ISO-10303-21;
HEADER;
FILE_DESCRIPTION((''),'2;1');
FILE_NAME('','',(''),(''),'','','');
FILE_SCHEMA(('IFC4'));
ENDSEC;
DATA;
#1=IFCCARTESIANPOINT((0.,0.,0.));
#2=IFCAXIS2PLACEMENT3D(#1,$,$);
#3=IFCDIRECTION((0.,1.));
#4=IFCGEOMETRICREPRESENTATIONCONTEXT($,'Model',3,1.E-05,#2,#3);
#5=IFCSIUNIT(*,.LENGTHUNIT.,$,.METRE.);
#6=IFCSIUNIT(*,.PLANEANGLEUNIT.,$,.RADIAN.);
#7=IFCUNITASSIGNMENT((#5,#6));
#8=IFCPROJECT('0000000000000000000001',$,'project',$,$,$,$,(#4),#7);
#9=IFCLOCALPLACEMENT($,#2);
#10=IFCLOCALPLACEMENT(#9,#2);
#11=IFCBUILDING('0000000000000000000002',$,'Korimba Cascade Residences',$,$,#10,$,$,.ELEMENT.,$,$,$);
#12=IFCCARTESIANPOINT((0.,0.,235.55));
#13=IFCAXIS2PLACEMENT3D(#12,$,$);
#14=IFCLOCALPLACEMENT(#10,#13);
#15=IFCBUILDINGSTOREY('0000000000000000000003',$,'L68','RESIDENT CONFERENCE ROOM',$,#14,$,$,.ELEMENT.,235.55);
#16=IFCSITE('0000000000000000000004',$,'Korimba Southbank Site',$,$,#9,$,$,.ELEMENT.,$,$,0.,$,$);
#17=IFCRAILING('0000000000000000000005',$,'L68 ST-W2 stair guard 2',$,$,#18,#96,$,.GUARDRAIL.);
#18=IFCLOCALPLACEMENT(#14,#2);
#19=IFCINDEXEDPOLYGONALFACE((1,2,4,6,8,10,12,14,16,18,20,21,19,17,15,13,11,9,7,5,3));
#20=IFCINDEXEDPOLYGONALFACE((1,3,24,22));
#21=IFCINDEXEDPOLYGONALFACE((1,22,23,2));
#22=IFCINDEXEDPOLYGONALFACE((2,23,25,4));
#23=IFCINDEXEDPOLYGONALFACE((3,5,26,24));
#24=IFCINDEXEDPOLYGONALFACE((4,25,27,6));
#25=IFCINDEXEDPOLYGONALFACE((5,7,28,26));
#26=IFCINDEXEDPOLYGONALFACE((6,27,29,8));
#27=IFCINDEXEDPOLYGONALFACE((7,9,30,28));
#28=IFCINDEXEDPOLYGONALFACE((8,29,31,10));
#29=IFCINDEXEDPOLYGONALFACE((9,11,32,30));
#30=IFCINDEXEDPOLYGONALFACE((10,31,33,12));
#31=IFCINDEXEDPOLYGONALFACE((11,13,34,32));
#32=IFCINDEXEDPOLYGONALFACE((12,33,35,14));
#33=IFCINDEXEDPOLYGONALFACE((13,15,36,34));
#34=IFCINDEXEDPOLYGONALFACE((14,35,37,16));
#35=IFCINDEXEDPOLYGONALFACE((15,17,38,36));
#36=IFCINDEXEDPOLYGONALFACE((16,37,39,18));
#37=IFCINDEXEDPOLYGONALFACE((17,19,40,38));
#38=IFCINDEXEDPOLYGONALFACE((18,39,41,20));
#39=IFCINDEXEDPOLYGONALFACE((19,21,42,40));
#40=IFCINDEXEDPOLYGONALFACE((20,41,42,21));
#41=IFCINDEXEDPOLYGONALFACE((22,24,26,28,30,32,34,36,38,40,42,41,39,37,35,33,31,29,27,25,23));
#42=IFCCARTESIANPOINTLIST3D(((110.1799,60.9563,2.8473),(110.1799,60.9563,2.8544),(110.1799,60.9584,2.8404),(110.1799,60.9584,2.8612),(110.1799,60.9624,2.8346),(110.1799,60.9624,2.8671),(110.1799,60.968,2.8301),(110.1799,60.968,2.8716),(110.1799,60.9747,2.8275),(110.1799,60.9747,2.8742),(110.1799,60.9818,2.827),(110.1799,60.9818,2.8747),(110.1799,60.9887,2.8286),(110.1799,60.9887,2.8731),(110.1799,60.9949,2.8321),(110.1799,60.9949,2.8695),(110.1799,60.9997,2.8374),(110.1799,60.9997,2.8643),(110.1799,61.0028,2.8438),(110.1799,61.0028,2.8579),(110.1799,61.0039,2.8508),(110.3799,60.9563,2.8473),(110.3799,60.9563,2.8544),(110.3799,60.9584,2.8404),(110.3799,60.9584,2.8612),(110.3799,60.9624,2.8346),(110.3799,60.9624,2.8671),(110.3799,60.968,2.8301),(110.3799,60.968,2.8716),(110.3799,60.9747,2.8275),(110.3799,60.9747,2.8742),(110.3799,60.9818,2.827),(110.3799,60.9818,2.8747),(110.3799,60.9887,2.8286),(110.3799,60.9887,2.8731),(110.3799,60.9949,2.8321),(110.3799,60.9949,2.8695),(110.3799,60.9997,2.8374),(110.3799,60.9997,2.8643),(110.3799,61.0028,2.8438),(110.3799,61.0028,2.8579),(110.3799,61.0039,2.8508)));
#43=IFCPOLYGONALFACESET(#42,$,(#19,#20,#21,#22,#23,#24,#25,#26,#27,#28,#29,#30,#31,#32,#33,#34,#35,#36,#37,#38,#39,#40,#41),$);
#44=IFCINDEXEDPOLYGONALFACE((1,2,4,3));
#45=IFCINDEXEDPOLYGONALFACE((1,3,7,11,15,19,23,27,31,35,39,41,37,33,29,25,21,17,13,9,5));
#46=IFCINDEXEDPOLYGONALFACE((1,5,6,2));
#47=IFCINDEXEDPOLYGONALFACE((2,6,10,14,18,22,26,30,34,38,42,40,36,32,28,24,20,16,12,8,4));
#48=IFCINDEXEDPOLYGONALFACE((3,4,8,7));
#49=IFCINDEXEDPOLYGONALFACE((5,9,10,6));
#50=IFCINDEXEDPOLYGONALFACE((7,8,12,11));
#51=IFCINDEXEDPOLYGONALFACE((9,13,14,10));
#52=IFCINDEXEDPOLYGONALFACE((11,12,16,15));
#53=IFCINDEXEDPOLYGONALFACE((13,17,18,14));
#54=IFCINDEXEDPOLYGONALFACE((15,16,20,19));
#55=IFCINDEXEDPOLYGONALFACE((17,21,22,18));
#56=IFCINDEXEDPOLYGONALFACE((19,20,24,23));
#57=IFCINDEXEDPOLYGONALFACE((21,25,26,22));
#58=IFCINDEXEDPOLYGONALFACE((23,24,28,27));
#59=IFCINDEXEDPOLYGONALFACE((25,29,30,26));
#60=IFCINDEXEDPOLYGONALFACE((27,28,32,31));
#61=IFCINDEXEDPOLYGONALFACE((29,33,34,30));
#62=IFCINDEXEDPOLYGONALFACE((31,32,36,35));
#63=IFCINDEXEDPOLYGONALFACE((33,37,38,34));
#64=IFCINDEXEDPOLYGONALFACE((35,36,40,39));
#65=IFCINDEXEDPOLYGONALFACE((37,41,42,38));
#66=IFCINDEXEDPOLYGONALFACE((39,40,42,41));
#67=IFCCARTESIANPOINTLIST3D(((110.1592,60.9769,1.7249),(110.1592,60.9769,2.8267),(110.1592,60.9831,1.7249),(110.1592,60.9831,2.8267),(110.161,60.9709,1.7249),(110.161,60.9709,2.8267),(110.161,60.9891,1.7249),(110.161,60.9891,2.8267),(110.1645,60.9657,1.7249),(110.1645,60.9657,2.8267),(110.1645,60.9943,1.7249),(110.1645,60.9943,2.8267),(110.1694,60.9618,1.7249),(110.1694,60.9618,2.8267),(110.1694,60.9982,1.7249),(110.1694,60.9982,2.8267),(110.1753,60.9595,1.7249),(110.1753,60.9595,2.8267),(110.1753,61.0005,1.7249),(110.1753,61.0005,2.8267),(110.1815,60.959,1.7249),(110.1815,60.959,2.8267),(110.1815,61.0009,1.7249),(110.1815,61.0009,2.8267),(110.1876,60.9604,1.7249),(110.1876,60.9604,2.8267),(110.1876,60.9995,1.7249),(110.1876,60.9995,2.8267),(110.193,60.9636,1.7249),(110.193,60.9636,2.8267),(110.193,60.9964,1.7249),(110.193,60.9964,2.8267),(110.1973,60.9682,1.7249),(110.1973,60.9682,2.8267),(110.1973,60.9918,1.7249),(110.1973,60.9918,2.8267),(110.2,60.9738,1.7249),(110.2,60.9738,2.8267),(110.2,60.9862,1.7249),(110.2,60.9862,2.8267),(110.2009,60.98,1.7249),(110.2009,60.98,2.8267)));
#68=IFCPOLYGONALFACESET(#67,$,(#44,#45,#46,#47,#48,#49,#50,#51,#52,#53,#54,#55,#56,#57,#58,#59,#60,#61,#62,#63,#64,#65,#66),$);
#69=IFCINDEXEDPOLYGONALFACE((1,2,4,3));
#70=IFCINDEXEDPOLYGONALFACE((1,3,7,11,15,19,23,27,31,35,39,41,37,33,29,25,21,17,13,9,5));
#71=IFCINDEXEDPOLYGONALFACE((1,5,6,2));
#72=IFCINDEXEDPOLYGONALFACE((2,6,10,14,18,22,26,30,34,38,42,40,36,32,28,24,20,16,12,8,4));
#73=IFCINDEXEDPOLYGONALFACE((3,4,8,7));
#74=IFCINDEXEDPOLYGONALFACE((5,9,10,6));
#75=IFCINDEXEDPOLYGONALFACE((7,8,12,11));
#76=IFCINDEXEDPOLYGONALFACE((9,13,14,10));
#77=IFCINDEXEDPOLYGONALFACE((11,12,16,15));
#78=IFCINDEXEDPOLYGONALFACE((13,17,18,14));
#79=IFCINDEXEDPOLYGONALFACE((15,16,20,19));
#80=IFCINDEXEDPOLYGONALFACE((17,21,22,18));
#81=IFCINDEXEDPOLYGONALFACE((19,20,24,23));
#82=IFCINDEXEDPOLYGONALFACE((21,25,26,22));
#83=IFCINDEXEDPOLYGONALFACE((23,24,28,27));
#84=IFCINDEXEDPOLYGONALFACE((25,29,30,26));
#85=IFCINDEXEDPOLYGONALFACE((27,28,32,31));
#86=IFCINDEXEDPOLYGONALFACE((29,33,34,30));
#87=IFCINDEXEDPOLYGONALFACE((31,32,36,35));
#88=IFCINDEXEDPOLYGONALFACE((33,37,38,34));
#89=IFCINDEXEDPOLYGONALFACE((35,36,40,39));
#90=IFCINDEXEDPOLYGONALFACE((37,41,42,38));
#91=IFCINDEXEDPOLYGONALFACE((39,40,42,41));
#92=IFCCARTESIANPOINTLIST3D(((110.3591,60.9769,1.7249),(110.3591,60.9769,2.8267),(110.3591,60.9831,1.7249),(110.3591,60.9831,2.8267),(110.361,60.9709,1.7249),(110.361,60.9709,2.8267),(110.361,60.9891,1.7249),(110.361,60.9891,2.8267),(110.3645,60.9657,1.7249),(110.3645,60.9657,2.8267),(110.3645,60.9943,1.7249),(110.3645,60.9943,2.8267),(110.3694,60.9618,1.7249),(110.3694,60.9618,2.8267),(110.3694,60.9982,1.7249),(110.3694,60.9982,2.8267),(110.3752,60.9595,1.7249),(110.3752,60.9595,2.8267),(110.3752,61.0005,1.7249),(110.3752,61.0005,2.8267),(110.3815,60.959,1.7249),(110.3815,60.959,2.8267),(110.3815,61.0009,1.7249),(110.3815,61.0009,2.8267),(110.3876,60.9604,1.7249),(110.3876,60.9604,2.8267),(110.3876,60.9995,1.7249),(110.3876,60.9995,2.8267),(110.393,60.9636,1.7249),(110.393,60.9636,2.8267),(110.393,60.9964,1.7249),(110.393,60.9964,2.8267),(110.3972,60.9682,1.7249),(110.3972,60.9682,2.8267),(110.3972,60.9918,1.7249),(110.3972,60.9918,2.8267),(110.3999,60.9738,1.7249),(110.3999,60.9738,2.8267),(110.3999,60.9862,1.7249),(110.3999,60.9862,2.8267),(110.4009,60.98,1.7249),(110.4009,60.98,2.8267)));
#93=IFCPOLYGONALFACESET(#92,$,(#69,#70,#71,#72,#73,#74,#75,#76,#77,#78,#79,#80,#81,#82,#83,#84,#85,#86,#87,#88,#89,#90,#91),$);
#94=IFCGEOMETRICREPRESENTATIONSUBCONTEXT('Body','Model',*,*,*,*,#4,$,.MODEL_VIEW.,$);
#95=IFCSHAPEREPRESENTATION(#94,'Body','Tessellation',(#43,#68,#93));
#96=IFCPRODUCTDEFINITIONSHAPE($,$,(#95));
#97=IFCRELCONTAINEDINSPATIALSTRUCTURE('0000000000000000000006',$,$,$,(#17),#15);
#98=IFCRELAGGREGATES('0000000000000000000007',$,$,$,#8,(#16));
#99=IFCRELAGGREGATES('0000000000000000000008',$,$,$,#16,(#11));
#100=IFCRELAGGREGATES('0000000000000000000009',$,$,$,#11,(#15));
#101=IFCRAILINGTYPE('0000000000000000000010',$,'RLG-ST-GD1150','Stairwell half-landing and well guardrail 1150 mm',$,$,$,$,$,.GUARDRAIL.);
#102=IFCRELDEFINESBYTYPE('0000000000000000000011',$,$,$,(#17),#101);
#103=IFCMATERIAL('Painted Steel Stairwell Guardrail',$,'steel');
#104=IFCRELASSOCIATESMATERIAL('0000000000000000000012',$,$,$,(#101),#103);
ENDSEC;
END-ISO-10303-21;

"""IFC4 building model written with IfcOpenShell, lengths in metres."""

from ifc_helpers import new_model, si_unit, direction, frame, origin, origin_2d, place, context, subcontext, project, spatial, circle, extrude, material, type_object, element, save


model = new_model("IFC4")

# Units and contexts
model_context = context("Model", 3, precision=1e-05, world=origin(), true_north=direction((0.0, 1.0)))
body_context = subcontext(model_context, "Body", "Model", "MODEL_VIEW")
ifc_project = project(units=[si_unit("LENGTHUNIT", "METRE"), si_unit("PLANEANGLEUNIT", "RADIAN")], contexts=[model_context])

# Site, building, storey
site_placement = place(None, origin())
site = spatial("IfcSite", under=ifc_project, at=site_placement, Name="Korimba Southbank Site", CompositionType="ELEMENT", RefElevation=0.0)
building_placement = place(site_placement, origin())
building = spatial("IfcBuilding", under=site, at=building_placement, Name="Korimba Cascade Residences", CompositionType="ELEMENT")
storey_placement = place(building_placement, frame((0.0, 0.0, 235.55)))
storey = spatial("IfcBuildingStorey", under=building, at=storey_placement, Name="L68", Description="RESIDENT CONFERENCE ROOM", CompositionType="ELEMENT", Elevation=235.55)

# Railing
ifc_material_1 = material(Name="Painted Steel Stairwell Guardrail", Category="steel")
railing_type_1 = type_object("IfcRailingType", Name="RLG-ST-GD1150", Description="Stairwell half-landing and well guardrail 1150 mm", PredefinedType="GUARDRAIL", material=ifc_material_1)
railing_1_placement = place(storey_placement, frame((110.1799, 60.98, 1.7249)))
element("IfcRailing", 1, at=railing_1_placement, inside=storey, type_object=railing_type_1, Name="L68 ST-W2 stair guard 2", PredefinedType="GUARDRAIL", context=body_context, shape_type="SweptSolid", body=[
    extrude(circle(Radius=0.0239, at=origin_2d()), frame((0.0, 0.0, 1.126), z_axis=(1.0, 0.0, 0.0), x_axis=(0.0, 1.0, 0.0)), (0.0, 0.0, 1.0), 0.2),
    extrude(circle(Radius=0.021, at=origin_2d()), origin(), (0.0, 0.0, 1.0), 1.1018),
    extrude(circle(Radius=0.021, at=origin_2d()), frame((0.2, 0.0, 0.0)), (0.0, 0.0, 1.0), 1.1018),
])

save(model, "model.ifc")
